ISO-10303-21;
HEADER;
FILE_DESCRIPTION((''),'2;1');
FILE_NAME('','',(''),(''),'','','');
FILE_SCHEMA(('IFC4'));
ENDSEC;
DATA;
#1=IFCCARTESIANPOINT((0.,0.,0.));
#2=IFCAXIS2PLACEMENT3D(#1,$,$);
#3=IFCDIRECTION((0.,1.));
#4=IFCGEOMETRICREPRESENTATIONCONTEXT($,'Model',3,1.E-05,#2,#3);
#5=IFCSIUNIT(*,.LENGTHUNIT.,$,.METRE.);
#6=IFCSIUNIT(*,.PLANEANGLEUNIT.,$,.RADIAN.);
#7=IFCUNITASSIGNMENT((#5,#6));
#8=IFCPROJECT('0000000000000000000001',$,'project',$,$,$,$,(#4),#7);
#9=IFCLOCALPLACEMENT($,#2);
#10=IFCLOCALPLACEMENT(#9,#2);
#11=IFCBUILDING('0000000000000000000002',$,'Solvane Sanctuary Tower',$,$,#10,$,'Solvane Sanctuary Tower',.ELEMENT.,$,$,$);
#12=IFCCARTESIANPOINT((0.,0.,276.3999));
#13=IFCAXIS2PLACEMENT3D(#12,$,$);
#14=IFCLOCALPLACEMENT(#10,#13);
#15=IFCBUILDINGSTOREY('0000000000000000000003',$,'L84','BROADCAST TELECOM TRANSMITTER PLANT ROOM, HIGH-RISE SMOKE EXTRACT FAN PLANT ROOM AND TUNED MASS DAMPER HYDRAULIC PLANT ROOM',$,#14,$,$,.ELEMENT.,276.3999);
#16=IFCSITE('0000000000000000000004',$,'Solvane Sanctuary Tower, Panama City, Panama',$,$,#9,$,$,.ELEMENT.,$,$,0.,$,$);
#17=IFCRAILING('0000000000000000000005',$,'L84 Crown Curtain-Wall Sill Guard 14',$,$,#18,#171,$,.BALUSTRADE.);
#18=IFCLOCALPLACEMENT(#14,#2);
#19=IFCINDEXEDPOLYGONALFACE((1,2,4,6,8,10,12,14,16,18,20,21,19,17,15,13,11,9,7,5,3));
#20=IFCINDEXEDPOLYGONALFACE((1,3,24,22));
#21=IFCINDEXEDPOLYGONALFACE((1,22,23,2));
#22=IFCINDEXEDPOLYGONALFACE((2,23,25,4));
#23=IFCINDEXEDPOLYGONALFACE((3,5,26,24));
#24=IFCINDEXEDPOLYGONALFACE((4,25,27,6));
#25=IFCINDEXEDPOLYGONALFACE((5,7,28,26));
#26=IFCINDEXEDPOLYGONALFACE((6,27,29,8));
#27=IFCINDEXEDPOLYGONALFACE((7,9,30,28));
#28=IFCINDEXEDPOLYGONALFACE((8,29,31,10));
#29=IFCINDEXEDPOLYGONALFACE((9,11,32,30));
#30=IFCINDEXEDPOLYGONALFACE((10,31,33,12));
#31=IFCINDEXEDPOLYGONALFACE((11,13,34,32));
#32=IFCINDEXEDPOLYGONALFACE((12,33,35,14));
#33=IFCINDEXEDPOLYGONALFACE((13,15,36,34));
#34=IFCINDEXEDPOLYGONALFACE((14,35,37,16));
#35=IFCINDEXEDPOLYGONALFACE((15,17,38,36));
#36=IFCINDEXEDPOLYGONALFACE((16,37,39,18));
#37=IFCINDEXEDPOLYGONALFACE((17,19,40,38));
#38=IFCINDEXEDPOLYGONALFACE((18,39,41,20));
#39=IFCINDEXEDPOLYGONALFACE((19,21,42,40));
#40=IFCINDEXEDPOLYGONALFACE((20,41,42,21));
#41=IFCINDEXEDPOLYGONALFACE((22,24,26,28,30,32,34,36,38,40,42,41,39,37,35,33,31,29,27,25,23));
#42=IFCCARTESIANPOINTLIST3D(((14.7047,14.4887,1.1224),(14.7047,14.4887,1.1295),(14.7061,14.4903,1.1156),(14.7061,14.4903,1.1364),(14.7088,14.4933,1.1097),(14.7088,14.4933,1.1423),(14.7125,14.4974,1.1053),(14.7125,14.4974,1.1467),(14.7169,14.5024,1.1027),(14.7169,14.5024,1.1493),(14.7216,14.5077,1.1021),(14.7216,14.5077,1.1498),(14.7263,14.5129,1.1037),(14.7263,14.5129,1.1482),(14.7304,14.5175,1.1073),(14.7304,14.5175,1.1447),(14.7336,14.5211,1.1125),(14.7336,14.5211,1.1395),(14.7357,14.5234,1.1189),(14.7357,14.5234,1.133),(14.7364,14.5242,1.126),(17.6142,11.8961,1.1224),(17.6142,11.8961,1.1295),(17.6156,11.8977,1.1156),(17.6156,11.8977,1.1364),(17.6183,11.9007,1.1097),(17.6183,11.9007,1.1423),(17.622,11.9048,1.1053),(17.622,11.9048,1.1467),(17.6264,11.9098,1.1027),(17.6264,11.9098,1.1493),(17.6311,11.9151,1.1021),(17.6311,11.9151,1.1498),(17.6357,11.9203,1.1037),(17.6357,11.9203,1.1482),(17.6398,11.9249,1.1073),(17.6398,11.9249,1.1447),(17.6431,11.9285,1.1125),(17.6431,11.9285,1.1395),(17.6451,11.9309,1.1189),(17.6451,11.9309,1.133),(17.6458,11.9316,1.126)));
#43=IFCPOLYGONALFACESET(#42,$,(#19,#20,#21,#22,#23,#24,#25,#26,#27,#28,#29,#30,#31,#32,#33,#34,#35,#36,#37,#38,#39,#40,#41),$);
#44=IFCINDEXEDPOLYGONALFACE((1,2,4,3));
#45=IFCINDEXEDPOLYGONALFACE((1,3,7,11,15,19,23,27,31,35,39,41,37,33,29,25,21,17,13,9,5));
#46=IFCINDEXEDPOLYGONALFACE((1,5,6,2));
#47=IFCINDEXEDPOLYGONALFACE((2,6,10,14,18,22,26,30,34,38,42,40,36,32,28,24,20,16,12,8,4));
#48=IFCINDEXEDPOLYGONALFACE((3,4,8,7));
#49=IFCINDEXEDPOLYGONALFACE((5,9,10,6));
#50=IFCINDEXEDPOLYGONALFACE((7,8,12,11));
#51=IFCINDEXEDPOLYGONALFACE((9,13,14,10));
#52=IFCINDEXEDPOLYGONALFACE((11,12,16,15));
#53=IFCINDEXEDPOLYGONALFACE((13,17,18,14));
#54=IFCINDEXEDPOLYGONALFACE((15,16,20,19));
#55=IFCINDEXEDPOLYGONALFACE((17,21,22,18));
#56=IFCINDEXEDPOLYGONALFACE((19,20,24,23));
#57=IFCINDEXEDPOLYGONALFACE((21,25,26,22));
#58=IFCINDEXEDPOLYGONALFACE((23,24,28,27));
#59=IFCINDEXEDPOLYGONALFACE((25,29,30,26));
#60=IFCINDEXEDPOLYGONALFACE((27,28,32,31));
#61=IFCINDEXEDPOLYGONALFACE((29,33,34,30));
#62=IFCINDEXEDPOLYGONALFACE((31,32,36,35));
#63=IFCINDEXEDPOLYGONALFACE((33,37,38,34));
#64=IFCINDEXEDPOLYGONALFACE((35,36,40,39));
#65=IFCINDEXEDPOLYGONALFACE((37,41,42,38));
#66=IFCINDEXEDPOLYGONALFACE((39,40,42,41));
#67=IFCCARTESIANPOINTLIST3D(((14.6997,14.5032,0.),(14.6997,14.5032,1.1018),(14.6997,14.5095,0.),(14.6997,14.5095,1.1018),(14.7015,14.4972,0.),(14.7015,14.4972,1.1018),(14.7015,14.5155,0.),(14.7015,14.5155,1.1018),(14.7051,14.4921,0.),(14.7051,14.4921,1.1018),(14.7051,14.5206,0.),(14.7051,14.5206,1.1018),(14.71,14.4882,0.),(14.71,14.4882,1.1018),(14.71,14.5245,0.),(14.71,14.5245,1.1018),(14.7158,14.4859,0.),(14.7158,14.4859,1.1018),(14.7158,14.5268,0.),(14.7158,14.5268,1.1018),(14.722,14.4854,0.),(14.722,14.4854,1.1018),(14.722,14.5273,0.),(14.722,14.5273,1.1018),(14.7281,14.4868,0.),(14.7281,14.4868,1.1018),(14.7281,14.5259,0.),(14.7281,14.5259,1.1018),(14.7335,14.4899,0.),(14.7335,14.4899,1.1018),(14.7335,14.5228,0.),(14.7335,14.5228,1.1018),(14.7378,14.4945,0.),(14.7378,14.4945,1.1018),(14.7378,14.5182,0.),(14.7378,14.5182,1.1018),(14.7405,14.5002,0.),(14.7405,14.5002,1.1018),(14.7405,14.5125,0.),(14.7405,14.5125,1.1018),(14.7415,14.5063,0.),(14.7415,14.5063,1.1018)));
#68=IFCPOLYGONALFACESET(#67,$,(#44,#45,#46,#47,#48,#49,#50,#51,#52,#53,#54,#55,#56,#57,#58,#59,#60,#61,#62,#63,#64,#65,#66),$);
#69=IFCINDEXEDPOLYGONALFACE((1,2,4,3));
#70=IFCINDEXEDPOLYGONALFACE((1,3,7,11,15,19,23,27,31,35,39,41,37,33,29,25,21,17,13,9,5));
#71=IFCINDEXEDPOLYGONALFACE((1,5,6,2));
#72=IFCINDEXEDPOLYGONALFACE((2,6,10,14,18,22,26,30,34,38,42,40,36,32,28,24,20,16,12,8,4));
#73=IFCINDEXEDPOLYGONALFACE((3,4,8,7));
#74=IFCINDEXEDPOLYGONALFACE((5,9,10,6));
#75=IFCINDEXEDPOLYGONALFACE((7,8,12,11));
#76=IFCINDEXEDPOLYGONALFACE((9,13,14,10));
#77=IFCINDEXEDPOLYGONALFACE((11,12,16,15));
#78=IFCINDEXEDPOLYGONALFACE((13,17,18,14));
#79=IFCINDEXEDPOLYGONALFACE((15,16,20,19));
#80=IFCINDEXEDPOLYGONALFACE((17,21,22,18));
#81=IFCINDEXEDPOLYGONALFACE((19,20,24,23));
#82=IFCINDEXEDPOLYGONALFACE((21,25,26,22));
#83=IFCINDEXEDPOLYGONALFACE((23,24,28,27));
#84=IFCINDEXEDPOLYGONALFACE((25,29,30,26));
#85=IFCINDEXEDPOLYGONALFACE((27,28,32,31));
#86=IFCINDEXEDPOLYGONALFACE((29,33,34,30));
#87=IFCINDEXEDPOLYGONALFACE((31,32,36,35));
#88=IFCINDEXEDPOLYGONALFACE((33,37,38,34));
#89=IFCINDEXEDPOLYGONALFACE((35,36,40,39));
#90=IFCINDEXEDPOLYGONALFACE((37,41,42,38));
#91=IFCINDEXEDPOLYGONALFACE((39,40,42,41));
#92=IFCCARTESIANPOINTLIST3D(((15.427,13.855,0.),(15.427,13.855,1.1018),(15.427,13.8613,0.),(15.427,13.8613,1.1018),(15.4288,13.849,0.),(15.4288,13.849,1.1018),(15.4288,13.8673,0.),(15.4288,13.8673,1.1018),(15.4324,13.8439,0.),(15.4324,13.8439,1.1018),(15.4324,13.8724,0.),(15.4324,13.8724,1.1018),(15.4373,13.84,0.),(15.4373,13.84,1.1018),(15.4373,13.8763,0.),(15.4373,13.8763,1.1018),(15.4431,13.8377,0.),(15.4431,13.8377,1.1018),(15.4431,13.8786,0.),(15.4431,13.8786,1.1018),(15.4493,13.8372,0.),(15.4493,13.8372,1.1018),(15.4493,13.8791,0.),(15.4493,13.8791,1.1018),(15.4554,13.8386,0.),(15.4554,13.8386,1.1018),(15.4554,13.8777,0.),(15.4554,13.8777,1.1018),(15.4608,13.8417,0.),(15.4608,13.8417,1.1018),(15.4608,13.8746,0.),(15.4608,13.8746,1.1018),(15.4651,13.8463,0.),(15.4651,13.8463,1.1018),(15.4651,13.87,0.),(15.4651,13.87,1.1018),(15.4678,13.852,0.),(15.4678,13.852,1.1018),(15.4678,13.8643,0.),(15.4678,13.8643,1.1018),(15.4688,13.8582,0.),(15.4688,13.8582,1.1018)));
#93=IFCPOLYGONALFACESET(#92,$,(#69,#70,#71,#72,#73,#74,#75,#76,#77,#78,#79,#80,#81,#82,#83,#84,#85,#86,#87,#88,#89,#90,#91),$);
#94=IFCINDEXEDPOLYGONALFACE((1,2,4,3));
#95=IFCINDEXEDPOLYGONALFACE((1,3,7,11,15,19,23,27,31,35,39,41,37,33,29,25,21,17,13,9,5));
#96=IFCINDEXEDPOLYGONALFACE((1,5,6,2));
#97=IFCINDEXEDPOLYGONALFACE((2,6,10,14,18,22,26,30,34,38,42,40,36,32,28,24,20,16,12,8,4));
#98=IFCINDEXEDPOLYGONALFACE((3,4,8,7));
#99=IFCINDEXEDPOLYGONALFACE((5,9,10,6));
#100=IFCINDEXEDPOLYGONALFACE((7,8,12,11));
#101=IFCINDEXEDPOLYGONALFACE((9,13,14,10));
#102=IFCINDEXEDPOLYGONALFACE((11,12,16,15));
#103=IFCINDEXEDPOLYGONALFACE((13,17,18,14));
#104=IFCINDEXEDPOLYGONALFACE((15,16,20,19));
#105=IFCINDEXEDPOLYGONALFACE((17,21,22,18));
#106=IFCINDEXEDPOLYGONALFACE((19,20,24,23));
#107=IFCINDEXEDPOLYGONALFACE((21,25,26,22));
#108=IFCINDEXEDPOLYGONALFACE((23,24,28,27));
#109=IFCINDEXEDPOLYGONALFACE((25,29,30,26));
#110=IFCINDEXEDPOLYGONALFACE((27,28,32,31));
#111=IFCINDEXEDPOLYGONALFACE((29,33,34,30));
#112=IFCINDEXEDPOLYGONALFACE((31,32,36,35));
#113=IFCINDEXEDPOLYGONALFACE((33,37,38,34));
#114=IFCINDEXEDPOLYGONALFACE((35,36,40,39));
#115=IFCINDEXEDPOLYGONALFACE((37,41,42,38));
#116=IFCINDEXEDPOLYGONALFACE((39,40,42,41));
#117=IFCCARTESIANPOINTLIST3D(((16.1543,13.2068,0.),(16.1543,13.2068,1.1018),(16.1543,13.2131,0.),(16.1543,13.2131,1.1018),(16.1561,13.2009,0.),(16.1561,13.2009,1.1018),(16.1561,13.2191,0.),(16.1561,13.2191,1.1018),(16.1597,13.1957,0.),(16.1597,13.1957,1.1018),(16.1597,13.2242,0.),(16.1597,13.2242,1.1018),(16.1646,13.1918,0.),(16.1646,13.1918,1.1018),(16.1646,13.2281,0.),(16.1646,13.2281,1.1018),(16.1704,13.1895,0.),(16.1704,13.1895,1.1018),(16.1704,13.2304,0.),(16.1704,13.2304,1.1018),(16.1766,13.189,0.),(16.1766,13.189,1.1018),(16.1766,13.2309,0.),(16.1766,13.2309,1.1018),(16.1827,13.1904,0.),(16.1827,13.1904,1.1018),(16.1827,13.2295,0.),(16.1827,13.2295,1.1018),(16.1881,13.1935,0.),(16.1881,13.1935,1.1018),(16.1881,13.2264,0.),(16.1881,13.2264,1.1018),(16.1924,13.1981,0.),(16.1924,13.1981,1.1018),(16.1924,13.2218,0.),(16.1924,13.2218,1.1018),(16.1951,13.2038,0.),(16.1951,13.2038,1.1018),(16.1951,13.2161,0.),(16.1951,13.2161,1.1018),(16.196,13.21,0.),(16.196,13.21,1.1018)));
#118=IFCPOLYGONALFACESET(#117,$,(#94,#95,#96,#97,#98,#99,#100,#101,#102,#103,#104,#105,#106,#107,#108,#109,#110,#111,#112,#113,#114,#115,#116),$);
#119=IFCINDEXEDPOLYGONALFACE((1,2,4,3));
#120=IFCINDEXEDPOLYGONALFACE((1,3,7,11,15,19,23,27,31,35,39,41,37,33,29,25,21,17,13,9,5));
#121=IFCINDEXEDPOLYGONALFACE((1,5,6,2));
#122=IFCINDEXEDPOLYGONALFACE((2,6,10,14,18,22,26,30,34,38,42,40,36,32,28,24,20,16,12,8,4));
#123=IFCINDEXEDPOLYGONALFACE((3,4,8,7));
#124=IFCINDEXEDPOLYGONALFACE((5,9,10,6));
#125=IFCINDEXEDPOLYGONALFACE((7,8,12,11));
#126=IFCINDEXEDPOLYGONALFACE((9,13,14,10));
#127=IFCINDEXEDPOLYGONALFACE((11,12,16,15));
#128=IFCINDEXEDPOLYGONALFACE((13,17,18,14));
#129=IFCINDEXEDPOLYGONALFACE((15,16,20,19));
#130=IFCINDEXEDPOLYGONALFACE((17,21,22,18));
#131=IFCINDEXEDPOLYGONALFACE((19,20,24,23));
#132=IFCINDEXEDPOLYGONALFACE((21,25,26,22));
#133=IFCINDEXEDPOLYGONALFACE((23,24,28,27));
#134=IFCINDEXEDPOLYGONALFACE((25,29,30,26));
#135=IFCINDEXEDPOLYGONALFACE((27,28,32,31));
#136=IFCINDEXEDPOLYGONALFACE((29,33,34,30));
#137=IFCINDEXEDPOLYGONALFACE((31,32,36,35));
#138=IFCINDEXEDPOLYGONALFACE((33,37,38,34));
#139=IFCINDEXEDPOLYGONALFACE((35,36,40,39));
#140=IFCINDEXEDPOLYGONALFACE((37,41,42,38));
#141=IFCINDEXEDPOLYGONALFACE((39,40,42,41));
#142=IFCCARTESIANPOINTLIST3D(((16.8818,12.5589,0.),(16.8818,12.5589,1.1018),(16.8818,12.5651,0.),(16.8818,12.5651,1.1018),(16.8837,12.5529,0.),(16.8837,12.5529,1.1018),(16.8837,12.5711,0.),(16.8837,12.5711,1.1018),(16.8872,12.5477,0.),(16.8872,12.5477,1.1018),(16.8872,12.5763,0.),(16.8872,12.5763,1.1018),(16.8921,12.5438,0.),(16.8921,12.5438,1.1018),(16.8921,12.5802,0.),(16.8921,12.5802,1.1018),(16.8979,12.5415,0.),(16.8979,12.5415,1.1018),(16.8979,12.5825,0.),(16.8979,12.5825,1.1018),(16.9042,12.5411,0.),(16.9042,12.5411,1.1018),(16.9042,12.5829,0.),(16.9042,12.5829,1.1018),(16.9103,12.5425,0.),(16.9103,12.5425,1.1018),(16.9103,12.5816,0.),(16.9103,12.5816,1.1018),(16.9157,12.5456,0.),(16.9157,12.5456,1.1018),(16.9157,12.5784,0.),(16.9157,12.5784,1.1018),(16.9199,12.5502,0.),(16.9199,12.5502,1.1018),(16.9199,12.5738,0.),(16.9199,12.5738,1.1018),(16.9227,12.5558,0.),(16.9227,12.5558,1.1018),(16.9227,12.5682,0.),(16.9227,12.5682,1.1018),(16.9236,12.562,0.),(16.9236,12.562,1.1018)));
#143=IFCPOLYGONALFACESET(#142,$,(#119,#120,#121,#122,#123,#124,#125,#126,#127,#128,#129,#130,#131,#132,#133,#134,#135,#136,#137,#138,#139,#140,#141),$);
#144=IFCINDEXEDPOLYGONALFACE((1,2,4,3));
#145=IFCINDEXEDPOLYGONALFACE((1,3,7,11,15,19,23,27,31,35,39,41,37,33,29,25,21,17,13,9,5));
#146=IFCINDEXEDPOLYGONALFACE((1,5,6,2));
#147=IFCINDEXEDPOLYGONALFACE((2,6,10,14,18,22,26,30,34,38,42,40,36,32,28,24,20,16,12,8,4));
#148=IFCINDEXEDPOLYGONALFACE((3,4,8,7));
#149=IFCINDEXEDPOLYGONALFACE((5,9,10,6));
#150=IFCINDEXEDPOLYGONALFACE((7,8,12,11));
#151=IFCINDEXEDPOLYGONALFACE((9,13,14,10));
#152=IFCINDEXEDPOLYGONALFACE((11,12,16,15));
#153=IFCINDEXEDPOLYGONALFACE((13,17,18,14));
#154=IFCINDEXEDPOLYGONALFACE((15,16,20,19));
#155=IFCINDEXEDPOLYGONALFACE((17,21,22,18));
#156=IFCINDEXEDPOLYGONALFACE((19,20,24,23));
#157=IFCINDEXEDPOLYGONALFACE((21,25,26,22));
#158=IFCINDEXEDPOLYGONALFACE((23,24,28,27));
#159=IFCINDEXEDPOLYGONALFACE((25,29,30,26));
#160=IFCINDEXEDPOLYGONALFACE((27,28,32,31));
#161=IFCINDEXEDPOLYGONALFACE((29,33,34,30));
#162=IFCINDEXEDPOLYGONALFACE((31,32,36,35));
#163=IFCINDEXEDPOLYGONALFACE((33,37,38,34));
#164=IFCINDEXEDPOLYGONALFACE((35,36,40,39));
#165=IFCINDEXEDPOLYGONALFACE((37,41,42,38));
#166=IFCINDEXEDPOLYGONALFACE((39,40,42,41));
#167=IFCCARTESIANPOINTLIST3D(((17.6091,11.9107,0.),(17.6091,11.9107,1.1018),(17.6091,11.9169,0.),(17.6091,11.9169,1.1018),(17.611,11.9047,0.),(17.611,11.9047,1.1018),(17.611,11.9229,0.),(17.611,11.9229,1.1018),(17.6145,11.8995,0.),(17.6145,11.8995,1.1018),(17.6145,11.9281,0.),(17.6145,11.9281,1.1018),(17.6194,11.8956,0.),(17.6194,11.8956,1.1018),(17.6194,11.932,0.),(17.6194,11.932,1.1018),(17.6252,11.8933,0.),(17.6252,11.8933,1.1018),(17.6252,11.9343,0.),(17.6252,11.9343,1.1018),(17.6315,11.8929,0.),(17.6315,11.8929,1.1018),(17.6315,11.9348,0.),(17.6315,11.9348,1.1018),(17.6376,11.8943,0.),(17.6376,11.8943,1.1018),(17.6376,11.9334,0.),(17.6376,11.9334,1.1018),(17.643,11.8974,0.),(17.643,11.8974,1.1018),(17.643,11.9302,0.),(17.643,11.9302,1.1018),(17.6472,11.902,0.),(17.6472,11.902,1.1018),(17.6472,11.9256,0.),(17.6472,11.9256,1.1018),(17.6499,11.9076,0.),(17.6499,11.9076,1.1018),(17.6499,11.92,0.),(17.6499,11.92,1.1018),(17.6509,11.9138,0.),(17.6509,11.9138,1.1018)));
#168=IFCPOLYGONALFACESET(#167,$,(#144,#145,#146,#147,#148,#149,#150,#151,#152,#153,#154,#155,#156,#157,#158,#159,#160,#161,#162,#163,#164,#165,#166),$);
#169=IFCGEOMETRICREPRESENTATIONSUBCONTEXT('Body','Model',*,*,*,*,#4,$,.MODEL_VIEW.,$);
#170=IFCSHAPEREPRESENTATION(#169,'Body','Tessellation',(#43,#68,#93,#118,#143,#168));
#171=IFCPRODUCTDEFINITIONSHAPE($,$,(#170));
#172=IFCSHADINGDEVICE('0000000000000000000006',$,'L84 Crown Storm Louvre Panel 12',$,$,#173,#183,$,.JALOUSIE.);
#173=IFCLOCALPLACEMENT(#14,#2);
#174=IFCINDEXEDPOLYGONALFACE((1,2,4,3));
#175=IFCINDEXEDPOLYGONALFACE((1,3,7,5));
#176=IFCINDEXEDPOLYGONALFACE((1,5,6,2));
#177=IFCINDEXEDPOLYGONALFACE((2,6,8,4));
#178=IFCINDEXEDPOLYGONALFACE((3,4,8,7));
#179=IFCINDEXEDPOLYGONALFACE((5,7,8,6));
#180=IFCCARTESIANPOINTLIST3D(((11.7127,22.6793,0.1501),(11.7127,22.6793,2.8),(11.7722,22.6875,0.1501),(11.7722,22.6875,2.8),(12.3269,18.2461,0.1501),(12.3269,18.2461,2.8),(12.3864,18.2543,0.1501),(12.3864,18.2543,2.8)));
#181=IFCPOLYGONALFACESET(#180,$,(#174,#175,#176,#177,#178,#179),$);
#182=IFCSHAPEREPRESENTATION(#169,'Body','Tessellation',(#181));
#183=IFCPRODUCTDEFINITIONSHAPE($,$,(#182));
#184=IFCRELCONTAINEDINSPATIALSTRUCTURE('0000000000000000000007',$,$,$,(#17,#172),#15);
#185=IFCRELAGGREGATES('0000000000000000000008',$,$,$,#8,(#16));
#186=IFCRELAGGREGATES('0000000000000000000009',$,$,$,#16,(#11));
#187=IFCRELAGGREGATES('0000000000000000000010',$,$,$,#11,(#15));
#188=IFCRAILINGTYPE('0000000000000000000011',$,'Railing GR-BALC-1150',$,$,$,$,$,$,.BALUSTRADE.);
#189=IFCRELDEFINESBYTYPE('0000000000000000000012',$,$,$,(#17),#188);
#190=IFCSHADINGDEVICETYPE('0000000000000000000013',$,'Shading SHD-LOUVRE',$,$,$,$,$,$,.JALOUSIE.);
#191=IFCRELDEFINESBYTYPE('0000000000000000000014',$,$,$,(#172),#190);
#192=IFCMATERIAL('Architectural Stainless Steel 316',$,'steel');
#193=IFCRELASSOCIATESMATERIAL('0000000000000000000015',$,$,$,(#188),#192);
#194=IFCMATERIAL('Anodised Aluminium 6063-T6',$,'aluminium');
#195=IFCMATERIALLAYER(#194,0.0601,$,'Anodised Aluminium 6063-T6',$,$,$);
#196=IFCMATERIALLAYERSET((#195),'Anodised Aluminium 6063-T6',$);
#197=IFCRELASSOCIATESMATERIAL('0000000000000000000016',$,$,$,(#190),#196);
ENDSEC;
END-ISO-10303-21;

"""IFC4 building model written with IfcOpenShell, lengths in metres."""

from ifc_helpers import new_model, si_unit, direction, frame, origin, origin_2d, place, context, subcontext, project, spatial, rectangle, circle, extrude, material, layer, layer_set, type_object, element, save


model = new_model("IFC4")

# Units and contexts
model_context = context("Model", 3, precision=1e-05, world=origin(), true_north=direction((0.0, 1.0)))
body_context = subcontext(model_context, "Body", "Model", "MODEL_VIEW")
ifc_project = project(units=[si_unit("LENGTHUNIT", "METRE"), si_unit("PLANEANGLEUNIT", "RADIAN")], contexts=[model_context])

# Site, building, storey
site_placement = place(None, origin())
site = spatial("IfcSite", under=ifc_project, at=site_placement, Name="Solvane Sanctuary Tower, Panama City, Panama", CompositionType="ELEMENT", RefElevation=0.0)
building_placement = place(site_placement, origin())
building = spatial("IfcBuilding", under=site, at=building_placement, Name="Solvane Sanctuary Tower", LongName="Solvane Sanctuary Tower", CompositionType="ELEMENT")
storey_placement = place(building_placement, frame((0.0, 0.0, 276.3999)))
storey = spatial("IfcBuildingStorey", under=building, at=storey_placement, Name="L84", Description="BROADCAST TELECOM TRANSMITTER PLANT ROOM, HIGH-RISE SMOKE EXTRACT FAN PLANT ROOM AND TUNED MASS DAMPER HYDRAULIC PLANT ROOM", CompositionType="ELEMENT", Elevation=276.3999)

# Shared definitions
ifc_material_1 = material(Name="Anodised Aluminium 6063-T6", Category="aluminium")

# Shared definitions
ifc_material_2 = material(Name="Architectural Stainless Steel 316", Category="steel")

# Railing
railing_type = type_object("IfcRailingType", Name="Railing GR-BALC-1150", PredefinedType="BALUSTRADE", material=ifc_material_2)
railing_1_placement = place(storey_placement, frame((14.7205, 14.5063, 0.0)))
element("IfcRailing", 1, at=railing_1_placement, inside=storey, type_object=railing_type, Name="L84 Crown Curtain-Wall Sill Guard 14", PredefinedType="BALUSTRADE", context=body_context, shape_type="SweptSolid", body=[
    extrude(circle(Radius=0.0239, at=origin_2d()), frame((0.0, 0.0, 1.126), z_axis=(0.746596, -0.665277, 0.0), x_axis=(0.665277, 0.746596, 0.0)), (0.0, 0.0, 1.0), 3.897),
    extrude(circle(Radius=0.021, at=origin_2d()), origin(), (0.0, 0.0, 1.0), 1.1018),
    extrude(circle(Radius=0.021, at=origin_2d()), frame((0.7273, -0.6482, 0.0)), (0.0, 0.0, 1.0), 1.1018),
    extrude(circle(Radius=0.021, at=origin_2d()), frame((1.4546, -1.2964, 0.0)), (0.0, 0.0, 1.0), 1.1018),
    extrude(circle(Radius=0.021, at=origin_2d()), frame((2.1821, -1.9443, 0.0)), (0.0, 0.0, 1.0), 1.1018),
    extrude(circle(Radius=0.021, at=origin_2d()), frame((2.9094, -2.5925, 0.0)), (0.0, 0.0, 1.0), 1.1018),
])

# Shading device
ifc_layer_1 = layer(ifc_material_1, 0.0601, Name="Anodised Aluminium 6063-T6")
ifc_layer_set_1 = layer_set([ifc_layer_1], Name="Anodised Aluminium 6063-T6")
shading_device_type = type_object("IfcShadingDeviceType", Name="Shading SHD-LOUVRE", PredefinedType="JALOUSIE", material=ifc_layer_set_1)
shading_device_placement = place(storey_placement, frame((12.0496, 20.4668, 0.1501), z_axis=(0.0, 0.0, 1.0), x_axis=(0.137222, -0.99054, 0.0)))
element("IfcShadingDevice", 2, at=shading_device_placement, inside=storey, type_object=shading_device_type, Name="L84 Crown Storm Louvre Panel 12", PredefinedType="JALOUSIE", context=body_context, shape_type="SweptSolid", body=[
    extrude(rectangle(XDim=4.4756, YDim=0.0601, at=origin_2d()), origin(), (0.0, 0.0, 1.0), 2.6499),
])

save(model, "model.ifc")
